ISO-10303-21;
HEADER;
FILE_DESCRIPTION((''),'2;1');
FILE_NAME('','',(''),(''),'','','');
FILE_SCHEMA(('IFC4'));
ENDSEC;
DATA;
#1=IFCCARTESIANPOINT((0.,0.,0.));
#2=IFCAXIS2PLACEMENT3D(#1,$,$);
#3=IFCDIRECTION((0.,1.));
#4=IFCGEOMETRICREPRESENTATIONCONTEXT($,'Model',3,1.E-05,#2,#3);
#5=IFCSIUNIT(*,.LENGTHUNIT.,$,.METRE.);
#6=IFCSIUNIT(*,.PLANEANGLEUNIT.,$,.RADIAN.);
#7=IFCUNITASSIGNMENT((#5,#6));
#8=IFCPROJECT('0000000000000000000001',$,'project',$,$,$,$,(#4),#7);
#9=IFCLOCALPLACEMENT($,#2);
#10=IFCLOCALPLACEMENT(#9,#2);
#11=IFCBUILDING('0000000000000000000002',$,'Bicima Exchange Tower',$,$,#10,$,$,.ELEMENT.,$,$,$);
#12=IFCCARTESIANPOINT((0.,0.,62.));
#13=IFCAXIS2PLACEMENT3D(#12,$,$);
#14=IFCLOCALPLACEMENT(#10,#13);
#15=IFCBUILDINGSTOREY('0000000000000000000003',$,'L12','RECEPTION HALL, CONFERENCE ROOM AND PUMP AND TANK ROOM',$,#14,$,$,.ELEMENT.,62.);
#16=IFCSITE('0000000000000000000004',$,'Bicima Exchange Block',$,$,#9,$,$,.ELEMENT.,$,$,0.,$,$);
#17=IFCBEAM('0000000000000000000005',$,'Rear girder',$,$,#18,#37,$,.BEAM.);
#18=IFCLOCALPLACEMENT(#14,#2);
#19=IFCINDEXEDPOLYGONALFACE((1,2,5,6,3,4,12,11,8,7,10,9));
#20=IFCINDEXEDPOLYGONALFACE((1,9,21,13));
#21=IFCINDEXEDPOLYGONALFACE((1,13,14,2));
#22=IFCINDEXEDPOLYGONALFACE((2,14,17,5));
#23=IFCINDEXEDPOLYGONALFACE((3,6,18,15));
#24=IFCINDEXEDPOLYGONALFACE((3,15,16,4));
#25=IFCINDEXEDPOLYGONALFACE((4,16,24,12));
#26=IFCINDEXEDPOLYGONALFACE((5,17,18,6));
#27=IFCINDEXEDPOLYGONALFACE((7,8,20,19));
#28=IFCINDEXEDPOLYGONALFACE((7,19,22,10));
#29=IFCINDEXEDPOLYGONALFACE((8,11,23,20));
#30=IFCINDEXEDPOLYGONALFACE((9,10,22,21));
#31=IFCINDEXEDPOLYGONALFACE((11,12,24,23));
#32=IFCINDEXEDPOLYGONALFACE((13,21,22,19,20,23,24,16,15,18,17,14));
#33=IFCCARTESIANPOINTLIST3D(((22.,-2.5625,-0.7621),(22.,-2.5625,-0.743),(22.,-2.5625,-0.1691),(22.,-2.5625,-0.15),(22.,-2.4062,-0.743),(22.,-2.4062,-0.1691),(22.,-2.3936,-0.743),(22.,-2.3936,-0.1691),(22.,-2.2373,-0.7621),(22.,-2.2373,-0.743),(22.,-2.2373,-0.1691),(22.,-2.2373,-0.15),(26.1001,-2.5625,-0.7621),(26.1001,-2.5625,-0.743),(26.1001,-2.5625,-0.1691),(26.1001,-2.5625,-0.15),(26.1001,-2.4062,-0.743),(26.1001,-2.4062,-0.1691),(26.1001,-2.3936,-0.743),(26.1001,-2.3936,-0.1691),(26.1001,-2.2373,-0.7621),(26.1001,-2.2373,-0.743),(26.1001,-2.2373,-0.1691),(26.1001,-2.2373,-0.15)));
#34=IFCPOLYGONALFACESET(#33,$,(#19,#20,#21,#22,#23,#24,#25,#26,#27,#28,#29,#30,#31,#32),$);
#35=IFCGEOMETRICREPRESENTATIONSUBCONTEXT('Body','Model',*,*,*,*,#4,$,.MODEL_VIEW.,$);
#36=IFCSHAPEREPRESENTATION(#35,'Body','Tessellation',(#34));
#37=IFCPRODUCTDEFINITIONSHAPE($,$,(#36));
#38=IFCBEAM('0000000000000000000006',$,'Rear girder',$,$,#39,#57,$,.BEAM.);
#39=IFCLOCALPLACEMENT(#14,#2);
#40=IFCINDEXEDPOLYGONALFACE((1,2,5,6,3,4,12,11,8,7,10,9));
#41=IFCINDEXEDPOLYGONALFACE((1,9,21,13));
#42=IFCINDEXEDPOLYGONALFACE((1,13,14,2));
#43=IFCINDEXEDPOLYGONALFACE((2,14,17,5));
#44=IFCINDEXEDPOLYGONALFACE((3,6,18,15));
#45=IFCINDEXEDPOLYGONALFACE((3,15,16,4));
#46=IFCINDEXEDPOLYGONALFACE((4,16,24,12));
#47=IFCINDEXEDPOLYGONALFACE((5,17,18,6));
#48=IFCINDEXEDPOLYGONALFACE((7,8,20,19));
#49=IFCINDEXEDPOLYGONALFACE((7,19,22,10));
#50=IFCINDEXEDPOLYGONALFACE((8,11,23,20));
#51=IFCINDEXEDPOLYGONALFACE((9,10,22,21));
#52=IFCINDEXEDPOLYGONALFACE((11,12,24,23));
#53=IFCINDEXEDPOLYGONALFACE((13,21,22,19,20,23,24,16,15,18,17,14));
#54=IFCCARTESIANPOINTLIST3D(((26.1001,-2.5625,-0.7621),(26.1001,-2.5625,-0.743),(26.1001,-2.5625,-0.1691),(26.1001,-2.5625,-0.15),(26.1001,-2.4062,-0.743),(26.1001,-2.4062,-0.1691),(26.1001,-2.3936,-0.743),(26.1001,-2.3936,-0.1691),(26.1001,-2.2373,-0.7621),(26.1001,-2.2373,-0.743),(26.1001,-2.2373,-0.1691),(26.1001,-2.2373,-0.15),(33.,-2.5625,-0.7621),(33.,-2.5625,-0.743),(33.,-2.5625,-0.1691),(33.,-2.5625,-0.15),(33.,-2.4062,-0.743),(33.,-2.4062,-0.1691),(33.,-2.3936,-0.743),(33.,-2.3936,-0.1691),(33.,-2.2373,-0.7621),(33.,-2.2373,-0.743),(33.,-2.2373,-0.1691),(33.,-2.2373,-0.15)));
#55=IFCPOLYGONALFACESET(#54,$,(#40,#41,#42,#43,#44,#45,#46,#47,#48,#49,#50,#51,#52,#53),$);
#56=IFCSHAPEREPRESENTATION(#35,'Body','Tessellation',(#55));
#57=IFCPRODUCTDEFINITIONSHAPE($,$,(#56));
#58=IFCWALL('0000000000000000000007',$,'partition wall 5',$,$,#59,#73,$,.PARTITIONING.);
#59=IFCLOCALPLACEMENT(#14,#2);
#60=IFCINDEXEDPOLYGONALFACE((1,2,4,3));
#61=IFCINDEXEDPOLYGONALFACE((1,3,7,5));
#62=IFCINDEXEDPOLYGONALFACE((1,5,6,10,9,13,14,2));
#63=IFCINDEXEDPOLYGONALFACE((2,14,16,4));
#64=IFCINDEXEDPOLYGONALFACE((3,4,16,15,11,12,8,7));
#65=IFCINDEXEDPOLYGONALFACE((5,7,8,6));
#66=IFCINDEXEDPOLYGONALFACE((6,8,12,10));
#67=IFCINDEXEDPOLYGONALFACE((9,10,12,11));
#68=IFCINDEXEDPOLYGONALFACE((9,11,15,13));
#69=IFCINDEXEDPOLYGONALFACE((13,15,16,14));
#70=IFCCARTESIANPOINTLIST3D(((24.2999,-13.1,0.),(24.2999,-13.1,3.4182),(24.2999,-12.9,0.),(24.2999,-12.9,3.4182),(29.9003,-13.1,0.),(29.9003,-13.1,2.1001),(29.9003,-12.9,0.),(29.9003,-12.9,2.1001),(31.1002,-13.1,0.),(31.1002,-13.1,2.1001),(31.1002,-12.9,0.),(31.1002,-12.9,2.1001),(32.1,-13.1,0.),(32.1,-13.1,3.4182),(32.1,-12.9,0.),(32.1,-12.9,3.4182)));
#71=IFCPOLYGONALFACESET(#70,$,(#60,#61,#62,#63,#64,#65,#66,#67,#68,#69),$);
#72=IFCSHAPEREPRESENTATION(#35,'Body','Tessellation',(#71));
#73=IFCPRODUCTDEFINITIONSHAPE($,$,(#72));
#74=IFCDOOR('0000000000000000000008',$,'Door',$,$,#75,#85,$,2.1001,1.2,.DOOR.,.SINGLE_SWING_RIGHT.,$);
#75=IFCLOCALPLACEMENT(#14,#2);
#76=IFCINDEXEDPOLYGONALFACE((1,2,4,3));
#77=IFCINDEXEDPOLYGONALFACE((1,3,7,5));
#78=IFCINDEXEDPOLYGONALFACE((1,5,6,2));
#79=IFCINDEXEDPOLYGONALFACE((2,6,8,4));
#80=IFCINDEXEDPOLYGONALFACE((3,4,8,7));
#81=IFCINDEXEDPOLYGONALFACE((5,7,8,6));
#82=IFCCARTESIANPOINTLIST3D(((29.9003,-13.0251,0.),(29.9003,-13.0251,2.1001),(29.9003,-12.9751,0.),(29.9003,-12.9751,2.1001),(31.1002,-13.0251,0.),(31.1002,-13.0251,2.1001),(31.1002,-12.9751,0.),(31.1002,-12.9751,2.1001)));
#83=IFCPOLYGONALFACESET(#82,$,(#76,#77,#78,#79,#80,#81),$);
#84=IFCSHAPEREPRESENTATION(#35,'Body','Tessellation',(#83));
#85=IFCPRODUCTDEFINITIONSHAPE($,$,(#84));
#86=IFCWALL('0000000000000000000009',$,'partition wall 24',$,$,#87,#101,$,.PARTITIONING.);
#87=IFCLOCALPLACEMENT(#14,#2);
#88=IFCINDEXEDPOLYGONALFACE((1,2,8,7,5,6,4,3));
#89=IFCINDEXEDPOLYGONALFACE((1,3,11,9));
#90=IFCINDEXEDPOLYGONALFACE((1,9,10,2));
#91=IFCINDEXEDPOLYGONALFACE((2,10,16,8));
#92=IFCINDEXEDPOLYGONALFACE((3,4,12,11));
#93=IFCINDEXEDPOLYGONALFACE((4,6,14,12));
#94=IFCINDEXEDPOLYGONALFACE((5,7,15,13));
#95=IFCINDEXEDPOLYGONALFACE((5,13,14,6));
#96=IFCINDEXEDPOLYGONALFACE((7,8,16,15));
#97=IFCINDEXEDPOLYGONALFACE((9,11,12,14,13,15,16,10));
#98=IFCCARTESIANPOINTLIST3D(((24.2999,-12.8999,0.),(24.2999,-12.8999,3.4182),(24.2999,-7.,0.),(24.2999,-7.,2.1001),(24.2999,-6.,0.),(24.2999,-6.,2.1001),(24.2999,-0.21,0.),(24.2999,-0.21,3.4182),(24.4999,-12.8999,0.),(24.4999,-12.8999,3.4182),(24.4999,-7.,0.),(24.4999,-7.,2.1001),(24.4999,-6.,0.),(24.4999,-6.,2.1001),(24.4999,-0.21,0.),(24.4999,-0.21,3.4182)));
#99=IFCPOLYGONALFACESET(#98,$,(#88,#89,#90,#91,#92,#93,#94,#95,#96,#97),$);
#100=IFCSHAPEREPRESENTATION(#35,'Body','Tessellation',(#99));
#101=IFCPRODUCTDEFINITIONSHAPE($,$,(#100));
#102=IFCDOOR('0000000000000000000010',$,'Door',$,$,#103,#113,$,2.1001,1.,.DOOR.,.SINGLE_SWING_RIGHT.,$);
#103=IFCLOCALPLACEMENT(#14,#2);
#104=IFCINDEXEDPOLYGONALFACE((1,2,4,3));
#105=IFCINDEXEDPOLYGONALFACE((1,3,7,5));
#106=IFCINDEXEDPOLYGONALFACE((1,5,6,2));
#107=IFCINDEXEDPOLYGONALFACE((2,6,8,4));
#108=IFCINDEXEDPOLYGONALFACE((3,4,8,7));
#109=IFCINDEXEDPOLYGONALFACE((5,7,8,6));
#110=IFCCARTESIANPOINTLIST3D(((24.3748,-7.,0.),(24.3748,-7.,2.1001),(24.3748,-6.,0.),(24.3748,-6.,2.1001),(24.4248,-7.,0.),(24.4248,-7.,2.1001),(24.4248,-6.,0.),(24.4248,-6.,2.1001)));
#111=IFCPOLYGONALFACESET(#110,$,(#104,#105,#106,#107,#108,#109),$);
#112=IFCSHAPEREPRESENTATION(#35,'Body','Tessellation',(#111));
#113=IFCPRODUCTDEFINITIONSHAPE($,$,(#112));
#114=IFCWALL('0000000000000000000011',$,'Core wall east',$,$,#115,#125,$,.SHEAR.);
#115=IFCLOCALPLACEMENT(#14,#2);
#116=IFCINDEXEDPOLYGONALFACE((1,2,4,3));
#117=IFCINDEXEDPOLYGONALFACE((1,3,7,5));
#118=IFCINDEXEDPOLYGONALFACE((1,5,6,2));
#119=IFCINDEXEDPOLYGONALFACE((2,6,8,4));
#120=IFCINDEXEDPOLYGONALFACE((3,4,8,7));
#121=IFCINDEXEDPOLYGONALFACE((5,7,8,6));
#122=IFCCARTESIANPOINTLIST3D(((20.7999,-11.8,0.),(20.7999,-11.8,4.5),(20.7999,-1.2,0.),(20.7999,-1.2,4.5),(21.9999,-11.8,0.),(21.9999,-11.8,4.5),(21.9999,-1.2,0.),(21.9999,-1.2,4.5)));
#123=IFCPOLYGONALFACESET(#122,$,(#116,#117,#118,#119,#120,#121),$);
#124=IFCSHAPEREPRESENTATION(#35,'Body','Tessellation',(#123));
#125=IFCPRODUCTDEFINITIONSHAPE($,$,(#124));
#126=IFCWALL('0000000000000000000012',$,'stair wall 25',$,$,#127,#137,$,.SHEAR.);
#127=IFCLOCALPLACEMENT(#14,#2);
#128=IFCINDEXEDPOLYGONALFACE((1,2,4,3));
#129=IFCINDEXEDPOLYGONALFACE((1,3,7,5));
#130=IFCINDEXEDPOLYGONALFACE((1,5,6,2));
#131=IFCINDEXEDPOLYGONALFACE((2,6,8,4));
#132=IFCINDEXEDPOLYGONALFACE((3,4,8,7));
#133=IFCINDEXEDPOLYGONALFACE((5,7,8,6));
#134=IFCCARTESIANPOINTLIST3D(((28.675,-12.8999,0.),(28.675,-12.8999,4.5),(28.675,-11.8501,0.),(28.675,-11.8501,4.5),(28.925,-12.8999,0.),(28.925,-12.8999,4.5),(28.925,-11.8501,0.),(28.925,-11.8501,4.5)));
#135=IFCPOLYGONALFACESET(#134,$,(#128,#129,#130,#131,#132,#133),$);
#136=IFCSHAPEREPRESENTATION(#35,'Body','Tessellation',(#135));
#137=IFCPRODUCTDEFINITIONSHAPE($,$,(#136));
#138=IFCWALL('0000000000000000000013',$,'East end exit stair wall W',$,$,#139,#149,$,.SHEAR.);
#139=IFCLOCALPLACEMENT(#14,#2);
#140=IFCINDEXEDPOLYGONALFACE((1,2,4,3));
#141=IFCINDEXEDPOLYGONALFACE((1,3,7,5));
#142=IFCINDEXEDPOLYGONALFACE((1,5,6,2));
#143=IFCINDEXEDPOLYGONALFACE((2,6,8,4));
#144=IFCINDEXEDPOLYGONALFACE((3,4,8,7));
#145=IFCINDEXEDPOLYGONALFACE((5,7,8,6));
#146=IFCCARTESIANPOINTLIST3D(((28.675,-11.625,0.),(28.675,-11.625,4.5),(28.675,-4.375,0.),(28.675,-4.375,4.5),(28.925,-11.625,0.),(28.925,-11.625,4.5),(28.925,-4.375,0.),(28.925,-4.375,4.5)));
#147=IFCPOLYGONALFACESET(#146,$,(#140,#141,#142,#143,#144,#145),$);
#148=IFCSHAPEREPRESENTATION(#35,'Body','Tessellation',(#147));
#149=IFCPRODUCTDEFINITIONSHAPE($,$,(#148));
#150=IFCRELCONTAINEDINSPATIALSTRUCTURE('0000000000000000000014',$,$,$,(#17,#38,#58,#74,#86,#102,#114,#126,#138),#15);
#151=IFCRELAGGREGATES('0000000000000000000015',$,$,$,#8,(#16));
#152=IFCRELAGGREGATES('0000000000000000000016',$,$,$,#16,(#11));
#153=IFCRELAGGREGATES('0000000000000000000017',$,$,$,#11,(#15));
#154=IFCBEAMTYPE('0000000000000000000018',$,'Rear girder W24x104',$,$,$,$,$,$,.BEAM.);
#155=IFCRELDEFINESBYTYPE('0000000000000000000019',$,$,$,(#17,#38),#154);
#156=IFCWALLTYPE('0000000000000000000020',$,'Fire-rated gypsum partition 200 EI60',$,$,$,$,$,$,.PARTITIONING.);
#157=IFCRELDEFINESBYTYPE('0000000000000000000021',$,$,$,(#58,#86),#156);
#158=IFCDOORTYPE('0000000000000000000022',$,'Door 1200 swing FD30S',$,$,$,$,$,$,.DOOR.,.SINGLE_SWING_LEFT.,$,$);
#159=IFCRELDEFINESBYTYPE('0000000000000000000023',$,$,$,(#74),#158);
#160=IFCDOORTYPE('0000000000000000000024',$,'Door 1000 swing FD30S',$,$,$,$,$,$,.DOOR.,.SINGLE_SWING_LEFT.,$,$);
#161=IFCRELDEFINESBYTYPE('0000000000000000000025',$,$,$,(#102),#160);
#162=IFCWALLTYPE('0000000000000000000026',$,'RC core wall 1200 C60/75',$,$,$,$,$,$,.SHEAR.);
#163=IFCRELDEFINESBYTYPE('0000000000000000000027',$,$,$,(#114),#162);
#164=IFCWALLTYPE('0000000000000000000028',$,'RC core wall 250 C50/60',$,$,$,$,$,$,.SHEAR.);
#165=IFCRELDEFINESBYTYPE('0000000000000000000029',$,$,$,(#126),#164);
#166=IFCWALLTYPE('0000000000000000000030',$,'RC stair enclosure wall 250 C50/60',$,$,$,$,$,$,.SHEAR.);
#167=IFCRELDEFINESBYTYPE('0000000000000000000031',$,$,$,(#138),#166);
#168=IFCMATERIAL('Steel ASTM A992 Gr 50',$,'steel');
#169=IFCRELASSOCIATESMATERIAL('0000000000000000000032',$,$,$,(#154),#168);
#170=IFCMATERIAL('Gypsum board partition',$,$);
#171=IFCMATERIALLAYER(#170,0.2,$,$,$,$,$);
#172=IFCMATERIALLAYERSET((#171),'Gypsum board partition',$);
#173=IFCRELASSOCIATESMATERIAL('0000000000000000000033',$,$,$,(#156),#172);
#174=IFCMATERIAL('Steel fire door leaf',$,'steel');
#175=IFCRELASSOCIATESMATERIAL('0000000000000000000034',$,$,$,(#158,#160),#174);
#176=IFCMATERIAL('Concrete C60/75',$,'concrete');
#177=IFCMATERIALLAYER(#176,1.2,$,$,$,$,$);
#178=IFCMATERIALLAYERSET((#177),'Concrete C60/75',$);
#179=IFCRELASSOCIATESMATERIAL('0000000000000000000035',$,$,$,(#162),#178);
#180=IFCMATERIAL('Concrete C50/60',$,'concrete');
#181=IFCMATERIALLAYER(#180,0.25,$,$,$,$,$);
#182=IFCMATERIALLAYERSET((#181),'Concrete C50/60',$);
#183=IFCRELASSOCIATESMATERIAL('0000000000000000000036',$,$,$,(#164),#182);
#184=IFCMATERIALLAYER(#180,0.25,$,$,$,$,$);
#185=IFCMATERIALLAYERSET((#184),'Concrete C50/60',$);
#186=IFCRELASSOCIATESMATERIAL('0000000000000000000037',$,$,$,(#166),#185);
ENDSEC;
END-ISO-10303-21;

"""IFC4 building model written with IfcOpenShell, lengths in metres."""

from ifc_helpers import new_model, si_unit, direction, frame, frame_2d, origin, origin_2d, place, context, subcontext, project, spatial, rectangle, i_section, extrude, material, layer, layer_set, material_profile, profile_set, type_object, element, fill, save


model = new_model("IFC4")

# Units and contexts
model_context = context("Model", 3, precision=1e-05, world=origin(), true_north=direction((0.0, 1.0)))
body_context = subcontext(model_context, "Body", "Model", "MODEL_VIEW")
ifc_project = project(units=[si_unit("LENGTHUNIT", "METRE"), si_unit("PLANEANGLEUNIT", "RADIAN")], contexts=[model_context])

# Site, building, storey
site_placement = place(None, origin())
site = spatial("IfcSite", under=ifc_project, at=site_placement, Name="Bicima Exchange Block", CompositionType="ELEMENT", RefElevation=0.0)
building_placement = place(site_placement, origin())
building = spatial("IfcBuilding", under=site, at=building_placement, Name="Bicima Exchange Tower", CompositionType="ELEMENT")
storey_placement = place(building_placement, frame((0.0, 0.0, 62.0)))
storey = spatial("IfcBuildingStorey", under=building, at=storey_placement, Name="L12", Description="RECEPTION HALL, CONFERENCE ROOM AND PUMP AND TANK ROOM", CompositionType="ELEMENT", Elevation=62.0)

# Shared definitions
ifc_material_1 = material(Name="Steel ASTM A992 Gr 50", Category="steel")

# Beams
ifc_material_profile_1 = material_profile(ifc_material_1, i_section(OverallWidth=0.3252, OverallDepth=0.6121, WebThickness=0.0127, FlangeThickness=0.019, at=origin_2d()))
ifc_profile_set_1 = profile_set([ifc_material_profile_1], Name="Steel ASTM A992 Gr 50")
beam_type_1 = type_object("IfcBeamType", Name="Rear girder W24x104", PredefinedType="BEAM", material=ifc_profile_set_1)
beam_1_placement = place(storey_placement, frame((22.0, -2.3999, -0.4561), z_axis=(1.0, 0.0, 0.0), x_axis=(0.0, 1.0, 0.0)))
element("IfcBeam", 1, at=beam_1_placement, inside=storey, type_object=beam_type_1, Name="Rear girder", PredefinedType="BEAM", context=body_context, shape_type="SweptSolid", body=[
    extrude(i_section(OverallWidth=0.3252, OverallDepth=0.6121, WebThickness=0.0127, FlangeThickness=0.019, at=origin_2d()), origin(), (0.0, 0.0, 1.0), 4.1001),
])
beam_2_placement = place(storey_placement, frame((26.1001, -2.3999, -0.4561), z_axis=(1.0, 0.0, 0.0), x_axis=(0.0, 1.0, 0.0)))
element("IfcBeam", 2, at=beam_2_placement, inside=storey, type_object=beam_type_1, Name="Rear girder", PredefinedType="BEAM", context=body_context, shape_type="SweptSolid", body=[
    extrude(i_section(OverallWidth=0.3252, OverallDepth=0.6121, WebThickness=0.0127, FlangeThickness=0.019, at=origin_2d()), origin(), (0.0, 0.0, 1.0), 6.8999),
])

# Walls, openings, doors
ifc_material_2 = material(Name="Gypsum board partition")
ifc_layer_1 = layer(ifc_material_2, 0.2)
ifc_layer_set_1 = layer_set([ifc_layer_1], Name="Gypsum board partition")
wall_type_1 = type_object("IfcWallType", Name="Fire-rated gypsum partition 200 EI60", PredefinedType="PARTITIONING", material=ifc_layer_set_1)
wall_1_placement = place(storey_placement, frame((24.3, -13.0, 0.0), z_axis=(0.0, 0.0, 1.0), x_axis=(1.0, 0.0, 0.0)))
wall_1 = element("IfcWall", 3, at=wall_1_placement, inside=storey, type_object=wall_type_1, Name="partition wall 5", PredefinedType="PARTITIONING", context=body_context, shape_type="SweptSolid", body=[
    extrude(rectangle(XDim=7.8, YDim=0.2, at=frame_2d((3.8999, 0.0))), origin(), (0.0, 0.0, 1.0), 3.4182),
])
opening_1_placement = place(wall_1_placement, frame((5.6001, 0.0, 0.0)))
opening_1 = element("IfcOpeningElement", 4, at=opening_1_placement, cuts=wall_1, PredefinedType="OPENING", context=body_context, shape_type="SweptSolid", body=[
    extrude(rectangle(XDim=1.2, YDim=2.1001, at=frame_2d((0.6001, 1.05))), frame((0.0, 0.1118, 0.0), z_axis=(0.0, -1.0, 0.0), x_axis=(1.0, 0.0, 0.0)), (0.0, 0.0, 1.0), 0.2239),
])
ifc_material_3 = material(Name="Steel fire door leaf", Category="steel")
door_type_1 = type_object("IfcDoorType", Name="Door 1200 swing FD30S", OperationType="SINGLE_SWING_LEFT", PredefinedType="DOOR", material=ifc_material_3)
door_1_placement = place(opening_1_placement, origin())
door_1 = element("IfcDoor", 5, at=door_1_placement, inside=storey, type_object=door_type_1, Name="Door", OperationType="SINGLE_SWING_RIGHT", OverallHeight=2.1001, OverallWidth=1.2, PredefinedType="DOOR", context=body_context, shape_type="SweptSolid", body=[
    extrude(rectangle(XDim=1.2, YDim=2.1001, at=frame_2d((0.6001, 1.05))), frame((0.0, 0.0249, 0.0), z_axis=(0.0, -1.0, 0.0), x_axis=(1.0, 0.0, 0.0)), (0.0, 0.0, 1.0), 0.05),
])
fill(opening_1, door_1)
wall_2_placement = place(storey_placement, frame((24.3999, -12.8999, 0.0), z_axis=(0.0, 0.0, 1.0), x_axis=(0.0, 1.0, 0.0)))
wall_2 = element("IfcWall", 6, at=wall_2_placement, inside=storey, type_object=wall_type_1, Name="partition wall 24", PredefinedType="PARTITIONING", context=body_context, shape_type="SweptSolid", body=[
    extrude(rectangle(XDim=12.6899, YDim=0.2, at=frame_2d((6.345, 0.0))), origin(), (0.0, 0.0, 1.0), 3.4182),
])
opening_2_placement = place(wall_2_placement, frame((5.8999, 0.0, 0.0)))
opening_2 = element("IfcOpeningElement", 7, at=opening_2_placement, cuts=wall_2, PredefinedType="OPENING", context=body_context, shape_type="SweptSolid", body=[
    extrude(rectangle(XDim=1.0, YDim=2.1001, at=frame_2d((0.5, 1.05))), frame((0.0, 0.1118, 0.0), z_axis=(0.0, -1.0, 0.0), x_axis=(1.0, 0.0, 0.0)), (0.0, 0.0, 1.0), 0.2239),
])
door_type_2 = type_object("IfcDoorType", Name="Door 1000 swing FD30S", OperationType="SINGLE_SWING_LEFT", PredefinedType="DOOR", material=ifc_material_3)
door_2_placement = place(opening_2_placement, frame((1.0, 0.0, 0.0), z_axis=(0.0, 0.0, 1.0), x_axis=(-1.0, 0.0, 0.0)))
door_2 = element("IfcDoor", 8, at=door_2_placement, inside=storey, type_object=door_type_2, Name="Door", OperationType="SINGLE_SWING_RIGHT", OverallHeight=2.1001, OverallWidth=1.0, PredefinedType="DOOR", context=body_context, shape_type="SweptSolid", body=[
    extrude(rectangle(XDim=1.0, YDim=2.1001, at=frame_2d((0.5, 1.05))), frame((0.0, 0.0249, 0.0), z_axis=(0.0, -1.0, 0.0), x_axis=(1.0, 0.0, 0.0)), (0.0, 0.0, 1.0), 0.05),
])
fill(opening_2, door_2)

# Walls
ifc_material_4 = material(Name="Concrete C60/75", Category="concrete")
ifc_layer_2 = layer(ifc_material_4, 1.2)
ifc_layer_set_2 = layer_set([ifc_layer_2], Name="Concrete C60/75")
wall_type_2 = type_object("IfcWallType", Name="RC core wall 1200 C60/75", PredefinedType="SHEAR", material=ifc_layer_set_2)
wall_3_placement = place(storey_placement, frame((21.3999, -11.8, 0.0), z_axis=(0.0, 0.0, 1.0), x_axis=(0.0, 1.0, 0.0)))
element("IfcWall", 9, at=wall_3_placement, inside=storey, type_object=wall_type_2, Name="Core wall east", PredefinedType="SHEAR", context=body_context, shape_type="SweptSolid", body=[
    extrude(rectangle(XDim=10.6001, YDim=1.2, at=frame_2d((5.3, 0.0))), origin(), (0.0, 0.0, 1.0), 4.5),
])
ifc_material_5 = material(Name="Concrete C50/60", Category="concrete")
ifc_layer_3 = layer(ifc_material_5, 0.25)
ifc_layer_set_3 = layer_set([ifc_layer_3], Name="Concrete C50/60")
wall_type_3 = type_object("IfcWallType", Name="RC core wall 250 C50/60", PredefinedType="SHEAR", material=ifc_layer_set_3)
wall_4_placement = place(storey_placement, frame((28.8, -12.8999, 0.0), z_axis=(0.0, 0.0, 1.0), x_axis=(0.0, 1.0, 0.0)))
element("IfcWall", 10, at=wall_4_placement, inside=storey, type_object=wall_type_3, Name="stair wall 25", PredefinedType="SHEAR", context=body_context, shape_type="SweptSolid", body=[
    extrude(rectangle(XDim=1.0498, YDim=0.25, at=frame_2d((0.5249, 0.0))), origin(), (0.0, 0.0, 1.0), 4.5),
])
ifc_layer_4 = layer(ifc_material_5, 0.25)
ifc_layer_set_4 = layer_set([ifc_layer_4], Name="Concrete C50/60")
wall_type_4 = type_object("IfcWallType", Name="RC stair enclosure wall 250 C50/60", PredefinedType="SHEAR", material=ifc_layer_set_4)
wall_5_placement = place(storey_placement, frame((28.8, -11.625, 0.0), z_axis=(0.0, 0.0, 1.0), x_axis=(0.0, 1.0, 0.0)))
element("IfcWall", 11, at=wall_5_placement, inside=storey, type_object=wall_type_4, Name="East end exit stair wall W", PredefinedType="SHEAR", context=body_context, shape_type="SweptSolid", body=[
    extrude(rectangle(XDim=7.25, YDim=0.25, at=frame_2d((3.625, 0.0))), origin(), (0.0, 0.0, 1.0), 4.5),
])

save(model, "model.ifc")
